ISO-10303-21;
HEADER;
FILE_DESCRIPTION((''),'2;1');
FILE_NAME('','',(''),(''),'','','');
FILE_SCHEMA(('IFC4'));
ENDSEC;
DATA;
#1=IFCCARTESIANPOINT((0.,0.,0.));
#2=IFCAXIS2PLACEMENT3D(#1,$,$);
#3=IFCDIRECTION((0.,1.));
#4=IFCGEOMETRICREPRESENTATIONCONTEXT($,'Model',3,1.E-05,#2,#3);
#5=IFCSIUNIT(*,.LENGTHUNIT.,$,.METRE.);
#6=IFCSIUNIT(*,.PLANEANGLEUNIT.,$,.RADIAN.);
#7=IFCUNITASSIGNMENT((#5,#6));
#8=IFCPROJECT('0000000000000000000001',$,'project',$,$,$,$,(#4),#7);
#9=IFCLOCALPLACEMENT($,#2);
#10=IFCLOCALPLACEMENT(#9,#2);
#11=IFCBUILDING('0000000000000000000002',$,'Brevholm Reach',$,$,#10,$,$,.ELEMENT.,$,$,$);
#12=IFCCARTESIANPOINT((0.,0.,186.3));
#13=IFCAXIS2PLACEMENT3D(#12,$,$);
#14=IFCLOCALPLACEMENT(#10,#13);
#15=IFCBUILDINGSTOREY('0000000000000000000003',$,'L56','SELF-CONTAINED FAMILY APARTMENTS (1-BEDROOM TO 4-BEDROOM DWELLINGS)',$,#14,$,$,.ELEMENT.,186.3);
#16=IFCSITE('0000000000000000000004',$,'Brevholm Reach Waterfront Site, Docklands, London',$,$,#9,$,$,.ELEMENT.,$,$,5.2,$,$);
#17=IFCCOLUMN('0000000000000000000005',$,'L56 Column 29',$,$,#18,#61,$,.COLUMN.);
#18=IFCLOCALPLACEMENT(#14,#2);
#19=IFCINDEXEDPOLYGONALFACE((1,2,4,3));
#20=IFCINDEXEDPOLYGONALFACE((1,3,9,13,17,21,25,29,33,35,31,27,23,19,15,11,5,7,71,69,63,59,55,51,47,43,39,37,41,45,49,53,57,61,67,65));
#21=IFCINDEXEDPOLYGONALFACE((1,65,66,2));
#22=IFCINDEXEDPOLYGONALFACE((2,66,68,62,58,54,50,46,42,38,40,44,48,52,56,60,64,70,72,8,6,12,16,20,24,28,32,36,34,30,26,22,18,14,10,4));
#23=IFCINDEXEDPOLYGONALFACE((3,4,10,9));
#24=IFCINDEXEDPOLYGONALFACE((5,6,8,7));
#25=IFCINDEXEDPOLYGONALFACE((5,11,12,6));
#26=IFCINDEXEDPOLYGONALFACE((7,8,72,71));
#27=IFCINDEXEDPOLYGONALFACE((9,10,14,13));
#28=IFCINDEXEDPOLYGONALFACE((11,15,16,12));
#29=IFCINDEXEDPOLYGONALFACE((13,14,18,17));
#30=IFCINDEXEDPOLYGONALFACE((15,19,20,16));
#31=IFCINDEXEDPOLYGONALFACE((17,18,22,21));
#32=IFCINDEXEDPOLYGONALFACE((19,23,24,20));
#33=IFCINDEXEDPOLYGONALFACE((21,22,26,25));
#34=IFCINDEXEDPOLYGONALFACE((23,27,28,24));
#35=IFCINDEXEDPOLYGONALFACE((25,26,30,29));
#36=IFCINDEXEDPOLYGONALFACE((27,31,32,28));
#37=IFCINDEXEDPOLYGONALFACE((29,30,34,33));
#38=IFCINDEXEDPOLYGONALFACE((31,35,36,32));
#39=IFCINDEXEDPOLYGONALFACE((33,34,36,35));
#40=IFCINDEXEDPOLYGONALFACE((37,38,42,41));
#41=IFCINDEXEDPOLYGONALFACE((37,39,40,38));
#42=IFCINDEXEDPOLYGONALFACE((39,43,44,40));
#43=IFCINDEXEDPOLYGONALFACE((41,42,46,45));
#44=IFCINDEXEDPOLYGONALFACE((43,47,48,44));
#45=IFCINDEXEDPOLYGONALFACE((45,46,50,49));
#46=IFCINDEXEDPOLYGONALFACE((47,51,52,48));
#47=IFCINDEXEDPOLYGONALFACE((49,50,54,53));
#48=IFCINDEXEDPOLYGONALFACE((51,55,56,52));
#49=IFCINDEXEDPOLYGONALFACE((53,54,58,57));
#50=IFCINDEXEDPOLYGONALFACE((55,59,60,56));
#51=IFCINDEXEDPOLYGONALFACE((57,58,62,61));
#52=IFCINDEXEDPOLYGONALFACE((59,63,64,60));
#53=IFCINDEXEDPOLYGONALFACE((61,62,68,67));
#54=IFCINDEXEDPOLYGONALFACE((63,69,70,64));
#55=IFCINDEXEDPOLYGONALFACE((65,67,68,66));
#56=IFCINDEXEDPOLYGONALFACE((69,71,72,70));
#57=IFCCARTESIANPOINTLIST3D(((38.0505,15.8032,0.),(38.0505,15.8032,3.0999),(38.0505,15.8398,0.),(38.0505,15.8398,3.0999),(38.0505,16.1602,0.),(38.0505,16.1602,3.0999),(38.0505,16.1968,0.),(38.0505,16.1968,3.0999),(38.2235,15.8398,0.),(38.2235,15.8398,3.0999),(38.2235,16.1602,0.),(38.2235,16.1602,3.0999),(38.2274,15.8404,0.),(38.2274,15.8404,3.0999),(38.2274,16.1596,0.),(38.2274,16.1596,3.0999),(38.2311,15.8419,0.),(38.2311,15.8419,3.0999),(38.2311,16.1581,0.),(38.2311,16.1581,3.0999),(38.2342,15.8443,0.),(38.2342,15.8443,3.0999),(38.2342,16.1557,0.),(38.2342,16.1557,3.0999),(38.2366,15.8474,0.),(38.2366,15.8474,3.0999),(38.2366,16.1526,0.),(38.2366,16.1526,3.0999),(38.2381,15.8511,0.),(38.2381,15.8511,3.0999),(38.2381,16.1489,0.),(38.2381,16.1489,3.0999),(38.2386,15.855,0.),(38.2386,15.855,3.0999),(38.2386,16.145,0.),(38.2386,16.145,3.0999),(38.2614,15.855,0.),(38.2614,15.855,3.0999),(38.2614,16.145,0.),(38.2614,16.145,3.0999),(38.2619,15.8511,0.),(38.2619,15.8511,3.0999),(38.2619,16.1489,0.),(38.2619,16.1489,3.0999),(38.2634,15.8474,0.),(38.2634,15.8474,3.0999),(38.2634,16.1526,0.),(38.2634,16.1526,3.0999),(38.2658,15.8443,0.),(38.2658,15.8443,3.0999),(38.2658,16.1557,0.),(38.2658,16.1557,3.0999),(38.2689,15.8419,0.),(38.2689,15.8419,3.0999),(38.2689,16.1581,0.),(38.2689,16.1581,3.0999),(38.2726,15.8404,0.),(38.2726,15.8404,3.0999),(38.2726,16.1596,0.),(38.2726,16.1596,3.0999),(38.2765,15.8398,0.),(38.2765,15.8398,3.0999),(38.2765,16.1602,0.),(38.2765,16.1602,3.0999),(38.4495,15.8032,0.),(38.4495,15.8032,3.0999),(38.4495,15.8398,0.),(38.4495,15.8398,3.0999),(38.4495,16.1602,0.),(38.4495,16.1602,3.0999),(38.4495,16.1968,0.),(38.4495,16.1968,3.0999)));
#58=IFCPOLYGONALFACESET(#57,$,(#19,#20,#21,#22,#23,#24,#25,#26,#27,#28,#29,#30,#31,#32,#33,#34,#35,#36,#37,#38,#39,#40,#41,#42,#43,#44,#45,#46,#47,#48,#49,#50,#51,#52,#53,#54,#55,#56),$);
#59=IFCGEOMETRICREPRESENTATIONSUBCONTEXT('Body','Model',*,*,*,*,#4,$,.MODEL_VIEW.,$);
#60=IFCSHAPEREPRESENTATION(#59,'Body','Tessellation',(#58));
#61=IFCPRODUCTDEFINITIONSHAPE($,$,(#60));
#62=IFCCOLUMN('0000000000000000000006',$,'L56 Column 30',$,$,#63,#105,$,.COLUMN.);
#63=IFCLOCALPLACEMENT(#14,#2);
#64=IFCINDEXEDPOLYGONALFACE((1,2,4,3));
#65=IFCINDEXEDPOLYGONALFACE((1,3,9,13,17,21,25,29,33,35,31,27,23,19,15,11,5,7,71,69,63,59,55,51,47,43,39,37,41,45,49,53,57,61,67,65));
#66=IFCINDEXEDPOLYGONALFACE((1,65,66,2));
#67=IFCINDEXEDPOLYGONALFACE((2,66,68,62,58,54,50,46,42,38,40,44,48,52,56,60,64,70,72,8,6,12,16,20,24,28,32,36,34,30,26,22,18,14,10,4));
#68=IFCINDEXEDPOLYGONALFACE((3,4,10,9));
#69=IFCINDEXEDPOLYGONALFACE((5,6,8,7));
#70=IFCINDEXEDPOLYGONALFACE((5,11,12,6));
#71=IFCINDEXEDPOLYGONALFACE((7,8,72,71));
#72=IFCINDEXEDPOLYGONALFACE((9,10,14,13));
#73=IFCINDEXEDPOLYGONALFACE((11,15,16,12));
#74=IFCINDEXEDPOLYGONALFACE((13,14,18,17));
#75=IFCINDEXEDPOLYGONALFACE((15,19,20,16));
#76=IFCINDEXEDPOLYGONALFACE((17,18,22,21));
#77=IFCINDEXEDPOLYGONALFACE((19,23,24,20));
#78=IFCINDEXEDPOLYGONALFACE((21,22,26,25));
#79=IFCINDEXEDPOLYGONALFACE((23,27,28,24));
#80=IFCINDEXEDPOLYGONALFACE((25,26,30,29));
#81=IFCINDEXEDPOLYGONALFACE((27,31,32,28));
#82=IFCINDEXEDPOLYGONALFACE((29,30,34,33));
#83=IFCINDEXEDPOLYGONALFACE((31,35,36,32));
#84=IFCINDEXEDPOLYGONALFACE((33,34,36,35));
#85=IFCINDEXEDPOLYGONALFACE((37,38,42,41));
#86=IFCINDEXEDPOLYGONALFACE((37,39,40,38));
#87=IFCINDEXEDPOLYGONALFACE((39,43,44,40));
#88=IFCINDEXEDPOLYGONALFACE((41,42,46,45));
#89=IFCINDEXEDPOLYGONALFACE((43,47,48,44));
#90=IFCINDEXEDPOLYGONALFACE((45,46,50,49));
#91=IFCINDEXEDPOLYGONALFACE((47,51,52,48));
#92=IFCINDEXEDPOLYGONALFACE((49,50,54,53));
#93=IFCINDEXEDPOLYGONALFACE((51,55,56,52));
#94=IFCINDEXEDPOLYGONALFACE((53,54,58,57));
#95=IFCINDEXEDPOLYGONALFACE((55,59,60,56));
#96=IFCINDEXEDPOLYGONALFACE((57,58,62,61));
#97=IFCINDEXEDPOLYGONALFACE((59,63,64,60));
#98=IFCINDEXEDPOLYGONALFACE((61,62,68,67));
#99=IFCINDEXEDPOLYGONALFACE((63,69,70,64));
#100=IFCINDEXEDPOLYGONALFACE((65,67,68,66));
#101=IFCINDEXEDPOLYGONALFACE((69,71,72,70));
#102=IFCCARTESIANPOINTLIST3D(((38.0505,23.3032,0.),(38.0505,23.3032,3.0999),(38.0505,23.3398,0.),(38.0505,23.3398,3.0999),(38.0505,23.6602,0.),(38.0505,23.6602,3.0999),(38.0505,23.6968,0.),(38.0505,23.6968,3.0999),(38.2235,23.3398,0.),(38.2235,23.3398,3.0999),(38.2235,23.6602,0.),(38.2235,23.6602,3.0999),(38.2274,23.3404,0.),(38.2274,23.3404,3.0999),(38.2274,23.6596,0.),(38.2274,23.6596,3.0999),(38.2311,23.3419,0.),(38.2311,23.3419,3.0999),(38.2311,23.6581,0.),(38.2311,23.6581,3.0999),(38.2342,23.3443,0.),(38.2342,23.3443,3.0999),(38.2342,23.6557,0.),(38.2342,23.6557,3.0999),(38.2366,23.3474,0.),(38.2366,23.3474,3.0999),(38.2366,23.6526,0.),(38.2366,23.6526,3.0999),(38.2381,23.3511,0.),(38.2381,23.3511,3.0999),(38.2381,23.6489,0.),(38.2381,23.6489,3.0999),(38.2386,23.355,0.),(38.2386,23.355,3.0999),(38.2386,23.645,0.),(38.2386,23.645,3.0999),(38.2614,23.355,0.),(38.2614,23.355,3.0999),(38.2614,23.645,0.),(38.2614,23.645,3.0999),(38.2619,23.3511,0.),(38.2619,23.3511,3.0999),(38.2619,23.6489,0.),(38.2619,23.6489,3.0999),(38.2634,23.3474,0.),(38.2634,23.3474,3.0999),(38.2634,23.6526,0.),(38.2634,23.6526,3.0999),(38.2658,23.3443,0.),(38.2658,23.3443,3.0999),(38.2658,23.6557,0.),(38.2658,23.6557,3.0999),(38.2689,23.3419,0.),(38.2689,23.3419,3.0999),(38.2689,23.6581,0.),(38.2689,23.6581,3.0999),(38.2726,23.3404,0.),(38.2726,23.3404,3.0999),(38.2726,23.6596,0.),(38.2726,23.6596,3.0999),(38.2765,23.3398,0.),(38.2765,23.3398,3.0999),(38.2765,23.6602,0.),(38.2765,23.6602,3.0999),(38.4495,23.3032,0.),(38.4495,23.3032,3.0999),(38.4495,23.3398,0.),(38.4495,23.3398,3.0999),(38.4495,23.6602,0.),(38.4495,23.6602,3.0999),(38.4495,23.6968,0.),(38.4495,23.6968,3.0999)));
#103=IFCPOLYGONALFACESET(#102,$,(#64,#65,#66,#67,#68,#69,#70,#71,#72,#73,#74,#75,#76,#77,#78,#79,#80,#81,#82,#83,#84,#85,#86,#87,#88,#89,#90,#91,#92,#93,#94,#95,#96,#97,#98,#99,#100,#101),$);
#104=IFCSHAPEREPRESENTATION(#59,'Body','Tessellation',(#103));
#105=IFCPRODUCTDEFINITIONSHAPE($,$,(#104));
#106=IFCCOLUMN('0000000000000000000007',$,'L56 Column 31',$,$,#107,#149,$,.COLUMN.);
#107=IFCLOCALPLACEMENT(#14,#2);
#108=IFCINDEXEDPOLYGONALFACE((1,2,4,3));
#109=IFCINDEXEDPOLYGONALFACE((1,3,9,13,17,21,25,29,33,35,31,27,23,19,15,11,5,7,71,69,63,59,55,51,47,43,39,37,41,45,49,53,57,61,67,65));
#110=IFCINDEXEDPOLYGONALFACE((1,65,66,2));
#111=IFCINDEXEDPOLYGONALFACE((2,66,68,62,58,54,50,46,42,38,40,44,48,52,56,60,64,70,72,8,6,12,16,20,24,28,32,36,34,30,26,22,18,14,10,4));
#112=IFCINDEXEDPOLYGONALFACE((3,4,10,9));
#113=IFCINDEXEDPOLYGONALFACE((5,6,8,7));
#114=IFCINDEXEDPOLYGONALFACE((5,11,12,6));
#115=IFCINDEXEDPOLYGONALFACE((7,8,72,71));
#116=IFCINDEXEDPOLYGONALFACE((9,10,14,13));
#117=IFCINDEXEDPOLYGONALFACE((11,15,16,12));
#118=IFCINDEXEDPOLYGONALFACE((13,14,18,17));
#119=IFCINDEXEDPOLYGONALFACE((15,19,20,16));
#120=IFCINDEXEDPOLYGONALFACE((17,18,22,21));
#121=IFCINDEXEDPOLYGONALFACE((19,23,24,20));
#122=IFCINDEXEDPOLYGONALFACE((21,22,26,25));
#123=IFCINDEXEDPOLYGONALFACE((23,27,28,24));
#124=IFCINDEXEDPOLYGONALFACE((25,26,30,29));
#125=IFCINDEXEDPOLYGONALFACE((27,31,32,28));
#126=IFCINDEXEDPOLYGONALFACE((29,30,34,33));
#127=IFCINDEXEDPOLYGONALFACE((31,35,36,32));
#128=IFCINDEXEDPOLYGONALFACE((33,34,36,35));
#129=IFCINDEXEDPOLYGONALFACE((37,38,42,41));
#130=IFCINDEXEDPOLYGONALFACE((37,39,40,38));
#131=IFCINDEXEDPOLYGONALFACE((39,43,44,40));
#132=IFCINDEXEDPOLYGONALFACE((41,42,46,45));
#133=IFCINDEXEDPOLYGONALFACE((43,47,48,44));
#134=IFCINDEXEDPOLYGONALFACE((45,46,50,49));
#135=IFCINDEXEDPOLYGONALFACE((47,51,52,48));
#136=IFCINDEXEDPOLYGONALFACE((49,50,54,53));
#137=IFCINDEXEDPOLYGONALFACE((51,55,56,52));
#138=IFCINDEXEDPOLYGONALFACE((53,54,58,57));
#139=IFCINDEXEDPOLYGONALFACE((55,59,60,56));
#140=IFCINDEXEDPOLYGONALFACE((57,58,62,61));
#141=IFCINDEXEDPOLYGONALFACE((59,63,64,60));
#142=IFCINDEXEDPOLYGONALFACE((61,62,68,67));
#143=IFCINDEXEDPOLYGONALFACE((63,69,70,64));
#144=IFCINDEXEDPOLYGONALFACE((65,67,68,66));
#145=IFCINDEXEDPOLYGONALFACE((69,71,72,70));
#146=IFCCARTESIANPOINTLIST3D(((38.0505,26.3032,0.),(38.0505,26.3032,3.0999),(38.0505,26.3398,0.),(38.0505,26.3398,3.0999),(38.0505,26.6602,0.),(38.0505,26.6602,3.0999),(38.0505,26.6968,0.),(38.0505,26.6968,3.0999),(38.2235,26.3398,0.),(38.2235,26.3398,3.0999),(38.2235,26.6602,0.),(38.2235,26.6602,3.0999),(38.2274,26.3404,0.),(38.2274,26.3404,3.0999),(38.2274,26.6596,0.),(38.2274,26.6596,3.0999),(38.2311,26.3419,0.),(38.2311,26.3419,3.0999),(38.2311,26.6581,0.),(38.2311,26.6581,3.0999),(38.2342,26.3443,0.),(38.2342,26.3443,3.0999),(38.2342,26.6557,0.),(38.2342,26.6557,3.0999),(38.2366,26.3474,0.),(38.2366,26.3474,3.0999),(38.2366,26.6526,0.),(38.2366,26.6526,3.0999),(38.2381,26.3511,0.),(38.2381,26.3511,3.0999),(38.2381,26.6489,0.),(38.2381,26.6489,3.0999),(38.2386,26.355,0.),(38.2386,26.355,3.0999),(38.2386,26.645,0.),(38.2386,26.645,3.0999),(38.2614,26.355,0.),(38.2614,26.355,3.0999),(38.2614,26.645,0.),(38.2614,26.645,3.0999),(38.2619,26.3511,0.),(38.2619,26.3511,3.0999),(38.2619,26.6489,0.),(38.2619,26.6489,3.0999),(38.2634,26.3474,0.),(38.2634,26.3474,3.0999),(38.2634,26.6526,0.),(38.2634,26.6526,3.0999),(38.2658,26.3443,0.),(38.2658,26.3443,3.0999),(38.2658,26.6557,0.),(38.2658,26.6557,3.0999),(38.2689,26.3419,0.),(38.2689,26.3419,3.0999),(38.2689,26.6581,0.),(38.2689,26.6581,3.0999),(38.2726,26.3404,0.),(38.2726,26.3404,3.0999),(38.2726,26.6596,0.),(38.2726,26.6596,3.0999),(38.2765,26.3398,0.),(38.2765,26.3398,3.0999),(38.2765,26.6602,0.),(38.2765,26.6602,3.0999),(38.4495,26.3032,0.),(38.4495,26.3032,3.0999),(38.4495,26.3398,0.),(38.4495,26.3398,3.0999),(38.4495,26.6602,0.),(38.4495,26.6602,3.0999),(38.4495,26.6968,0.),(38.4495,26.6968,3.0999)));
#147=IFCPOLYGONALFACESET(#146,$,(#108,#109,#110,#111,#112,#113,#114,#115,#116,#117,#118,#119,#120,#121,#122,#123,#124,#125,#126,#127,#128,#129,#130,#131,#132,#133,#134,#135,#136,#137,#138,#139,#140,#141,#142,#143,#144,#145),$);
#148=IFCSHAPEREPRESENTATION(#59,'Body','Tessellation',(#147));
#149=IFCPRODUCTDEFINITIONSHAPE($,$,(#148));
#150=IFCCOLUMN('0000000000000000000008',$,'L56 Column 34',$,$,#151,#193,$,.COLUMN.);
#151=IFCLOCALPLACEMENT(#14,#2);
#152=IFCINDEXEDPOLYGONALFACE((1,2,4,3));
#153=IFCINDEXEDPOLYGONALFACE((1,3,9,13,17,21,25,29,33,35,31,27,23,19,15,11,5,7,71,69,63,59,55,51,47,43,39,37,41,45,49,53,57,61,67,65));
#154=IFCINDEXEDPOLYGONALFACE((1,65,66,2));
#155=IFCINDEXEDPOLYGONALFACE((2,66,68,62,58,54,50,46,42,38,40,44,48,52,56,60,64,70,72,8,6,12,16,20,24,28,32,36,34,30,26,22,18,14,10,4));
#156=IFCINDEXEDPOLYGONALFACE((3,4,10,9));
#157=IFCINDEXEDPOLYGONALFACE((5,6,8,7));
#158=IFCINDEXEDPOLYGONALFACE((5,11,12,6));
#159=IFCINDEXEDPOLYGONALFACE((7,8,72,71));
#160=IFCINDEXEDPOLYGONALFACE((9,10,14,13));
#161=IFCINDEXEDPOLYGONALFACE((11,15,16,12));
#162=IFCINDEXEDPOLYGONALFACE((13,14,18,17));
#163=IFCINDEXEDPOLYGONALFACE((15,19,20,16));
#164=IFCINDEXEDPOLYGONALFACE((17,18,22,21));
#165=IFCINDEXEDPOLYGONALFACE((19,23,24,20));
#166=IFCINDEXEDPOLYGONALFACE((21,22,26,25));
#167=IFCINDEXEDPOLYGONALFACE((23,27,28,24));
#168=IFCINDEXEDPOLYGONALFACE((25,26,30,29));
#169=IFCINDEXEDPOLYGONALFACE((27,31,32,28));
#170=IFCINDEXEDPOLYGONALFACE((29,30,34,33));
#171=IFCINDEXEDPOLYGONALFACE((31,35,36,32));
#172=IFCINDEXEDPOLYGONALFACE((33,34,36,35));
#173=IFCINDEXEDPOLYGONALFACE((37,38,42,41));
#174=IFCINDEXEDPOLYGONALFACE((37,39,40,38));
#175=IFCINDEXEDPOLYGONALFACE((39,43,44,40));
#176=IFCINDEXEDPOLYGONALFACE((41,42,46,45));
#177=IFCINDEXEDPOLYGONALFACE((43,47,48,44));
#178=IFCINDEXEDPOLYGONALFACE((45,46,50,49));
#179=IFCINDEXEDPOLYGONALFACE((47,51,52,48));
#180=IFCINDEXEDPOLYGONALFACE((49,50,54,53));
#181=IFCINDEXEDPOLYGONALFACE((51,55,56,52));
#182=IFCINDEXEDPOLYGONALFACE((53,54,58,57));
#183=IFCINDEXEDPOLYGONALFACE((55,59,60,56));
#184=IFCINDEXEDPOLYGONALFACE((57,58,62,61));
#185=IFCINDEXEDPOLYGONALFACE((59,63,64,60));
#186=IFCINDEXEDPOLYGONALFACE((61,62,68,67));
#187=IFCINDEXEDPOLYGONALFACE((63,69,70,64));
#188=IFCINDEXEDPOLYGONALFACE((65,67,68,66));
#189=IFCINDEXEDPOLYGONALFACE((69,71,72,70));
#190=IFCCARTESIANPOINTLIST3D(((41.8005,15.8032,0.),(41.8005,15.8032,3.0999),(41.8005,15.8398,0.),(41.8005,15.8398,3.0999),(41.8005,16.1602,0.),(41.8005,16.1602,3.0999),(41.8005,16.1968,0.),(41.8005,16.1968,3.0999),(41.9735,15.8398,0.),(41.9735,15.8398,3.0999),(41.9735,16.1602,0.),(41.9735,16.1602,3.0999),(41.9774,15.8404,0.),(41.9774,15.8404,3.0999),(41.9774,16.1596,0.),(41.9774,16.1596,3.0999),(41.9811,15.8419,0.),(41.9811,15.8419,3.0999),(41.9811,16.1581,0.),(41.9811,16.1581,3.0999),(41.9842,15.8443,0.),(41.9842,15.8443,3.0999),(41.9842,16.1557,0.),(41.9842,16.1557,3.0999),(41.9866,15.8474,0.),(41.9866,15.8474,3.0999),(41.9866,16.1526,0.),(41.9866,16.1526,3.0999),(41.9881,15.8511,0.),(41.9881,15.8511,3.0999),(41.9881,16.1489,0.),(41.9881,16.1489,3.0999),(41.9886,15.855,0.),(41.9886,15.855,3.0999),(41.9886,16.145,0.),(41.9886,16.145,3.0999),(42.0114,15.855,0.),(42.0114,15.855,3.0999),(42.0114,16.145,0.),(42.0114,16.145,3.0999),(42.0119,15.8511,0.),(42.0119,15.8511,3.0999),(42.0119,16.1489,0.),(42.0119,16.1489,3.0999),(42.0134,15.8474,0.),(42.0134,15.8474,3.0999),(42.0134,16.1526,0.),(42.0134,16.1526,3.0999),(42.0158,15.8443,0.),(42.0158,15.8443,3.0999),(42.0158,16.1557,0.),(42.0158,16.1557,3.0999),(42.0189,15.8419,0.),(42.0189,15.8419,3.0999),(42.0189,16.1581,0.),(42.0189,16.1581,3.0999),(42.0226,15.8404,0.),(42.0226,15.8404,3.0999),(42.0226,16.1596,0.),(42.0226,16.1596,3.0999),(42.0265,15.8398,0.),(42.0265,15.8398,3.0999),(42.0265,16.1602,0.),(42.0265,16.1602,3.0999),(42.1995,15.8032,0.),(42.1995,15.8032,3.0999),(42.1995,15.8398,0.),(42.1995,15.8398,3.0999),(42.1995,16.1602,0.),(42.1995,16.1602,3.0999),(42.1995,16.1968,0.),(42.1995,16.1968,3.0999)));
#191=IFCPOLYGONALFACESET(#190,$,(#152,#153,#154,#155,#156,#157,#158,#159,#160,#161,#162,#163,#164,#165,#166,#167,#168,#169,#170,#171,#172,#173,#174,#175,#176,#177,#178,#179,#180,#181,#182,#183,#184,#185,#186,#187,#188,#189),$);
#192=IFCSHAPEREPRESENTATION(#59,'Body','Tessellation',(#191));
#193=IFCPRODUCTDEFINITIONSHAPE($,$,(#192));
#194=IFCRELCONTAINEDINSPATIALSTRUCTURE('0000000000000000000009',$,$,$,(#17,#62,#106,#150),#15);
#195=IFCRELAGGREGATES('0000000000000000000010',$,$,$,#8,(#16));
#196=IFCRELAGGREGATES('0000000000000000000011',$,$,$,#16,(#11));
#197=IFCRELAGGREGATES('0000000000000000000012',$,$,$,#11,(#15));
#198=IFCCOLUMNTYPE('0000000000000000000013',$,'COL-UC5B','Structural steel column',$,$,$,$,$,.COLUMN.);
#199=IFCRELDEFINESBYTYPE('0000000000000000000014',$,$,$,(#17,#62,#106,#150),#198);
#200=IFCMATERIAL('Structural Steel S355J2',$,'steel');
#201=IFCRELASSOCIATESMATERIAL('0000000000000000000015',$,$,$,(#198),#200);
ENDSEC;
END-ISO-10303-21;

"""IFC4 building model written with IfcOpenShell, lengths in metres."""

from ifc_helpers import new_model, si_unit, direction, frame, origin, origin_2d, place, context, subcontext, project, spatial, i_section, extrude, material, material_profile, profile_set, type_object, element, save


model = new_model("IFC4")

# Units and contexts
model_context = context("Model", 3, precision=1e-05, world=origin(), true_north=direction((0.0, 1.0)))
body_context = subcontext(model_context, "Body", "Model", "MODEL_VIEW")
ifc_project = project(units=[si_unit("LENGTHUNIT", "METRE"), si_unit("PLANEANGLEUNIT", "RADIAN")], contexts=[model_context])

# Site, building, storey
site_placement = place(None, origin())
site = spatial("IfcSite", under=ifc_project, at=site_placement, Name="Brevholm Reach Waterfront Site, Docklands, London", CompositionType="ELEMENT", RefElevation=5.2)
building_placement = place(site_placement, origin())
building = spatial("IfcBuilding", under=site, at=building_placement, Name="Brevholm Reach", CompositionType="ELEMENT")
storey_placement = place(building_placement, frame((0.0, 0.0, 186.3)))
storey = spatial("IfcBuildingStorey", under=building, at=storey_placement, Name="L56", Description="SELF-CONTAINED FAMILY APARTMENTS (1-BEDROOM TO 4-BEDROOM DWELLINGS)", CompositionType="ELEMENT", Elevation=186.3)

# Columns
ifc_material_1 = material(Name="Structural Steel S355J2", Category="steel")
ifc_material_profile_1 = material_profile(ifc_material_1, i_section(OverallWidth=0.3989, OverallDepth=0.3936, WebThickness=0.0227, FlangeThickness=0.0366, FilletRadius=0.0151, at=origin_2d()), Name="UKC 356x406x287")
ifc_profile_set_1 = profile_set([ifc_material_profile_1], Name="Structural Steel S355J2")
column_type = type_object("IfcColumnType", Name="COL-UC5B", Description="Structural steel column", PredefinedType="COLUMN", material=ifc_profile_set_1)
for number, where, z_axis, x_axis, name in (
    (1, (38.25, 16.0, 0.0), (0.0, 0.0, 1.0), (1.0, 0.0, 0.0), "L56 Column 29"),
    (2, (38.25, 23.5, 0.0), (0.0, 0.0, 1.0), (1.0, 0.0, 0.0), "L56 Column 30"),
    (3, (38.25, 26.5, 0.0), (0.0, 0.0, 1.0), (1.0, 0.0, 0.0), "L56 Column 31"),
    (4, (42.0, 16.0, 0.0), (0.0, 0.0, 1.0), (1.0, 0.0, 0.0), "L56 Column 34"),
):
    element("IfcColumn", number, at=place(storey_placement, frame(where, z_axis=z_axis, x_axis=x_axis)), inside=storey, type_object=column_type, Name=name, PredefinedType="COLUMN", context=body_context, shape_type="SweptSolid", body=[
        extrude(i_section(OverallWidth=0.3989, OverallDepth=0.3936, WebThickness=0.0227, FlangeThickness=0.0366, FilletRadius=0.0151, at=origin_2d()), origin(), (0.0, 0.0, 1.0), 3.0999),
    ])

save(model, "model.ifc")
